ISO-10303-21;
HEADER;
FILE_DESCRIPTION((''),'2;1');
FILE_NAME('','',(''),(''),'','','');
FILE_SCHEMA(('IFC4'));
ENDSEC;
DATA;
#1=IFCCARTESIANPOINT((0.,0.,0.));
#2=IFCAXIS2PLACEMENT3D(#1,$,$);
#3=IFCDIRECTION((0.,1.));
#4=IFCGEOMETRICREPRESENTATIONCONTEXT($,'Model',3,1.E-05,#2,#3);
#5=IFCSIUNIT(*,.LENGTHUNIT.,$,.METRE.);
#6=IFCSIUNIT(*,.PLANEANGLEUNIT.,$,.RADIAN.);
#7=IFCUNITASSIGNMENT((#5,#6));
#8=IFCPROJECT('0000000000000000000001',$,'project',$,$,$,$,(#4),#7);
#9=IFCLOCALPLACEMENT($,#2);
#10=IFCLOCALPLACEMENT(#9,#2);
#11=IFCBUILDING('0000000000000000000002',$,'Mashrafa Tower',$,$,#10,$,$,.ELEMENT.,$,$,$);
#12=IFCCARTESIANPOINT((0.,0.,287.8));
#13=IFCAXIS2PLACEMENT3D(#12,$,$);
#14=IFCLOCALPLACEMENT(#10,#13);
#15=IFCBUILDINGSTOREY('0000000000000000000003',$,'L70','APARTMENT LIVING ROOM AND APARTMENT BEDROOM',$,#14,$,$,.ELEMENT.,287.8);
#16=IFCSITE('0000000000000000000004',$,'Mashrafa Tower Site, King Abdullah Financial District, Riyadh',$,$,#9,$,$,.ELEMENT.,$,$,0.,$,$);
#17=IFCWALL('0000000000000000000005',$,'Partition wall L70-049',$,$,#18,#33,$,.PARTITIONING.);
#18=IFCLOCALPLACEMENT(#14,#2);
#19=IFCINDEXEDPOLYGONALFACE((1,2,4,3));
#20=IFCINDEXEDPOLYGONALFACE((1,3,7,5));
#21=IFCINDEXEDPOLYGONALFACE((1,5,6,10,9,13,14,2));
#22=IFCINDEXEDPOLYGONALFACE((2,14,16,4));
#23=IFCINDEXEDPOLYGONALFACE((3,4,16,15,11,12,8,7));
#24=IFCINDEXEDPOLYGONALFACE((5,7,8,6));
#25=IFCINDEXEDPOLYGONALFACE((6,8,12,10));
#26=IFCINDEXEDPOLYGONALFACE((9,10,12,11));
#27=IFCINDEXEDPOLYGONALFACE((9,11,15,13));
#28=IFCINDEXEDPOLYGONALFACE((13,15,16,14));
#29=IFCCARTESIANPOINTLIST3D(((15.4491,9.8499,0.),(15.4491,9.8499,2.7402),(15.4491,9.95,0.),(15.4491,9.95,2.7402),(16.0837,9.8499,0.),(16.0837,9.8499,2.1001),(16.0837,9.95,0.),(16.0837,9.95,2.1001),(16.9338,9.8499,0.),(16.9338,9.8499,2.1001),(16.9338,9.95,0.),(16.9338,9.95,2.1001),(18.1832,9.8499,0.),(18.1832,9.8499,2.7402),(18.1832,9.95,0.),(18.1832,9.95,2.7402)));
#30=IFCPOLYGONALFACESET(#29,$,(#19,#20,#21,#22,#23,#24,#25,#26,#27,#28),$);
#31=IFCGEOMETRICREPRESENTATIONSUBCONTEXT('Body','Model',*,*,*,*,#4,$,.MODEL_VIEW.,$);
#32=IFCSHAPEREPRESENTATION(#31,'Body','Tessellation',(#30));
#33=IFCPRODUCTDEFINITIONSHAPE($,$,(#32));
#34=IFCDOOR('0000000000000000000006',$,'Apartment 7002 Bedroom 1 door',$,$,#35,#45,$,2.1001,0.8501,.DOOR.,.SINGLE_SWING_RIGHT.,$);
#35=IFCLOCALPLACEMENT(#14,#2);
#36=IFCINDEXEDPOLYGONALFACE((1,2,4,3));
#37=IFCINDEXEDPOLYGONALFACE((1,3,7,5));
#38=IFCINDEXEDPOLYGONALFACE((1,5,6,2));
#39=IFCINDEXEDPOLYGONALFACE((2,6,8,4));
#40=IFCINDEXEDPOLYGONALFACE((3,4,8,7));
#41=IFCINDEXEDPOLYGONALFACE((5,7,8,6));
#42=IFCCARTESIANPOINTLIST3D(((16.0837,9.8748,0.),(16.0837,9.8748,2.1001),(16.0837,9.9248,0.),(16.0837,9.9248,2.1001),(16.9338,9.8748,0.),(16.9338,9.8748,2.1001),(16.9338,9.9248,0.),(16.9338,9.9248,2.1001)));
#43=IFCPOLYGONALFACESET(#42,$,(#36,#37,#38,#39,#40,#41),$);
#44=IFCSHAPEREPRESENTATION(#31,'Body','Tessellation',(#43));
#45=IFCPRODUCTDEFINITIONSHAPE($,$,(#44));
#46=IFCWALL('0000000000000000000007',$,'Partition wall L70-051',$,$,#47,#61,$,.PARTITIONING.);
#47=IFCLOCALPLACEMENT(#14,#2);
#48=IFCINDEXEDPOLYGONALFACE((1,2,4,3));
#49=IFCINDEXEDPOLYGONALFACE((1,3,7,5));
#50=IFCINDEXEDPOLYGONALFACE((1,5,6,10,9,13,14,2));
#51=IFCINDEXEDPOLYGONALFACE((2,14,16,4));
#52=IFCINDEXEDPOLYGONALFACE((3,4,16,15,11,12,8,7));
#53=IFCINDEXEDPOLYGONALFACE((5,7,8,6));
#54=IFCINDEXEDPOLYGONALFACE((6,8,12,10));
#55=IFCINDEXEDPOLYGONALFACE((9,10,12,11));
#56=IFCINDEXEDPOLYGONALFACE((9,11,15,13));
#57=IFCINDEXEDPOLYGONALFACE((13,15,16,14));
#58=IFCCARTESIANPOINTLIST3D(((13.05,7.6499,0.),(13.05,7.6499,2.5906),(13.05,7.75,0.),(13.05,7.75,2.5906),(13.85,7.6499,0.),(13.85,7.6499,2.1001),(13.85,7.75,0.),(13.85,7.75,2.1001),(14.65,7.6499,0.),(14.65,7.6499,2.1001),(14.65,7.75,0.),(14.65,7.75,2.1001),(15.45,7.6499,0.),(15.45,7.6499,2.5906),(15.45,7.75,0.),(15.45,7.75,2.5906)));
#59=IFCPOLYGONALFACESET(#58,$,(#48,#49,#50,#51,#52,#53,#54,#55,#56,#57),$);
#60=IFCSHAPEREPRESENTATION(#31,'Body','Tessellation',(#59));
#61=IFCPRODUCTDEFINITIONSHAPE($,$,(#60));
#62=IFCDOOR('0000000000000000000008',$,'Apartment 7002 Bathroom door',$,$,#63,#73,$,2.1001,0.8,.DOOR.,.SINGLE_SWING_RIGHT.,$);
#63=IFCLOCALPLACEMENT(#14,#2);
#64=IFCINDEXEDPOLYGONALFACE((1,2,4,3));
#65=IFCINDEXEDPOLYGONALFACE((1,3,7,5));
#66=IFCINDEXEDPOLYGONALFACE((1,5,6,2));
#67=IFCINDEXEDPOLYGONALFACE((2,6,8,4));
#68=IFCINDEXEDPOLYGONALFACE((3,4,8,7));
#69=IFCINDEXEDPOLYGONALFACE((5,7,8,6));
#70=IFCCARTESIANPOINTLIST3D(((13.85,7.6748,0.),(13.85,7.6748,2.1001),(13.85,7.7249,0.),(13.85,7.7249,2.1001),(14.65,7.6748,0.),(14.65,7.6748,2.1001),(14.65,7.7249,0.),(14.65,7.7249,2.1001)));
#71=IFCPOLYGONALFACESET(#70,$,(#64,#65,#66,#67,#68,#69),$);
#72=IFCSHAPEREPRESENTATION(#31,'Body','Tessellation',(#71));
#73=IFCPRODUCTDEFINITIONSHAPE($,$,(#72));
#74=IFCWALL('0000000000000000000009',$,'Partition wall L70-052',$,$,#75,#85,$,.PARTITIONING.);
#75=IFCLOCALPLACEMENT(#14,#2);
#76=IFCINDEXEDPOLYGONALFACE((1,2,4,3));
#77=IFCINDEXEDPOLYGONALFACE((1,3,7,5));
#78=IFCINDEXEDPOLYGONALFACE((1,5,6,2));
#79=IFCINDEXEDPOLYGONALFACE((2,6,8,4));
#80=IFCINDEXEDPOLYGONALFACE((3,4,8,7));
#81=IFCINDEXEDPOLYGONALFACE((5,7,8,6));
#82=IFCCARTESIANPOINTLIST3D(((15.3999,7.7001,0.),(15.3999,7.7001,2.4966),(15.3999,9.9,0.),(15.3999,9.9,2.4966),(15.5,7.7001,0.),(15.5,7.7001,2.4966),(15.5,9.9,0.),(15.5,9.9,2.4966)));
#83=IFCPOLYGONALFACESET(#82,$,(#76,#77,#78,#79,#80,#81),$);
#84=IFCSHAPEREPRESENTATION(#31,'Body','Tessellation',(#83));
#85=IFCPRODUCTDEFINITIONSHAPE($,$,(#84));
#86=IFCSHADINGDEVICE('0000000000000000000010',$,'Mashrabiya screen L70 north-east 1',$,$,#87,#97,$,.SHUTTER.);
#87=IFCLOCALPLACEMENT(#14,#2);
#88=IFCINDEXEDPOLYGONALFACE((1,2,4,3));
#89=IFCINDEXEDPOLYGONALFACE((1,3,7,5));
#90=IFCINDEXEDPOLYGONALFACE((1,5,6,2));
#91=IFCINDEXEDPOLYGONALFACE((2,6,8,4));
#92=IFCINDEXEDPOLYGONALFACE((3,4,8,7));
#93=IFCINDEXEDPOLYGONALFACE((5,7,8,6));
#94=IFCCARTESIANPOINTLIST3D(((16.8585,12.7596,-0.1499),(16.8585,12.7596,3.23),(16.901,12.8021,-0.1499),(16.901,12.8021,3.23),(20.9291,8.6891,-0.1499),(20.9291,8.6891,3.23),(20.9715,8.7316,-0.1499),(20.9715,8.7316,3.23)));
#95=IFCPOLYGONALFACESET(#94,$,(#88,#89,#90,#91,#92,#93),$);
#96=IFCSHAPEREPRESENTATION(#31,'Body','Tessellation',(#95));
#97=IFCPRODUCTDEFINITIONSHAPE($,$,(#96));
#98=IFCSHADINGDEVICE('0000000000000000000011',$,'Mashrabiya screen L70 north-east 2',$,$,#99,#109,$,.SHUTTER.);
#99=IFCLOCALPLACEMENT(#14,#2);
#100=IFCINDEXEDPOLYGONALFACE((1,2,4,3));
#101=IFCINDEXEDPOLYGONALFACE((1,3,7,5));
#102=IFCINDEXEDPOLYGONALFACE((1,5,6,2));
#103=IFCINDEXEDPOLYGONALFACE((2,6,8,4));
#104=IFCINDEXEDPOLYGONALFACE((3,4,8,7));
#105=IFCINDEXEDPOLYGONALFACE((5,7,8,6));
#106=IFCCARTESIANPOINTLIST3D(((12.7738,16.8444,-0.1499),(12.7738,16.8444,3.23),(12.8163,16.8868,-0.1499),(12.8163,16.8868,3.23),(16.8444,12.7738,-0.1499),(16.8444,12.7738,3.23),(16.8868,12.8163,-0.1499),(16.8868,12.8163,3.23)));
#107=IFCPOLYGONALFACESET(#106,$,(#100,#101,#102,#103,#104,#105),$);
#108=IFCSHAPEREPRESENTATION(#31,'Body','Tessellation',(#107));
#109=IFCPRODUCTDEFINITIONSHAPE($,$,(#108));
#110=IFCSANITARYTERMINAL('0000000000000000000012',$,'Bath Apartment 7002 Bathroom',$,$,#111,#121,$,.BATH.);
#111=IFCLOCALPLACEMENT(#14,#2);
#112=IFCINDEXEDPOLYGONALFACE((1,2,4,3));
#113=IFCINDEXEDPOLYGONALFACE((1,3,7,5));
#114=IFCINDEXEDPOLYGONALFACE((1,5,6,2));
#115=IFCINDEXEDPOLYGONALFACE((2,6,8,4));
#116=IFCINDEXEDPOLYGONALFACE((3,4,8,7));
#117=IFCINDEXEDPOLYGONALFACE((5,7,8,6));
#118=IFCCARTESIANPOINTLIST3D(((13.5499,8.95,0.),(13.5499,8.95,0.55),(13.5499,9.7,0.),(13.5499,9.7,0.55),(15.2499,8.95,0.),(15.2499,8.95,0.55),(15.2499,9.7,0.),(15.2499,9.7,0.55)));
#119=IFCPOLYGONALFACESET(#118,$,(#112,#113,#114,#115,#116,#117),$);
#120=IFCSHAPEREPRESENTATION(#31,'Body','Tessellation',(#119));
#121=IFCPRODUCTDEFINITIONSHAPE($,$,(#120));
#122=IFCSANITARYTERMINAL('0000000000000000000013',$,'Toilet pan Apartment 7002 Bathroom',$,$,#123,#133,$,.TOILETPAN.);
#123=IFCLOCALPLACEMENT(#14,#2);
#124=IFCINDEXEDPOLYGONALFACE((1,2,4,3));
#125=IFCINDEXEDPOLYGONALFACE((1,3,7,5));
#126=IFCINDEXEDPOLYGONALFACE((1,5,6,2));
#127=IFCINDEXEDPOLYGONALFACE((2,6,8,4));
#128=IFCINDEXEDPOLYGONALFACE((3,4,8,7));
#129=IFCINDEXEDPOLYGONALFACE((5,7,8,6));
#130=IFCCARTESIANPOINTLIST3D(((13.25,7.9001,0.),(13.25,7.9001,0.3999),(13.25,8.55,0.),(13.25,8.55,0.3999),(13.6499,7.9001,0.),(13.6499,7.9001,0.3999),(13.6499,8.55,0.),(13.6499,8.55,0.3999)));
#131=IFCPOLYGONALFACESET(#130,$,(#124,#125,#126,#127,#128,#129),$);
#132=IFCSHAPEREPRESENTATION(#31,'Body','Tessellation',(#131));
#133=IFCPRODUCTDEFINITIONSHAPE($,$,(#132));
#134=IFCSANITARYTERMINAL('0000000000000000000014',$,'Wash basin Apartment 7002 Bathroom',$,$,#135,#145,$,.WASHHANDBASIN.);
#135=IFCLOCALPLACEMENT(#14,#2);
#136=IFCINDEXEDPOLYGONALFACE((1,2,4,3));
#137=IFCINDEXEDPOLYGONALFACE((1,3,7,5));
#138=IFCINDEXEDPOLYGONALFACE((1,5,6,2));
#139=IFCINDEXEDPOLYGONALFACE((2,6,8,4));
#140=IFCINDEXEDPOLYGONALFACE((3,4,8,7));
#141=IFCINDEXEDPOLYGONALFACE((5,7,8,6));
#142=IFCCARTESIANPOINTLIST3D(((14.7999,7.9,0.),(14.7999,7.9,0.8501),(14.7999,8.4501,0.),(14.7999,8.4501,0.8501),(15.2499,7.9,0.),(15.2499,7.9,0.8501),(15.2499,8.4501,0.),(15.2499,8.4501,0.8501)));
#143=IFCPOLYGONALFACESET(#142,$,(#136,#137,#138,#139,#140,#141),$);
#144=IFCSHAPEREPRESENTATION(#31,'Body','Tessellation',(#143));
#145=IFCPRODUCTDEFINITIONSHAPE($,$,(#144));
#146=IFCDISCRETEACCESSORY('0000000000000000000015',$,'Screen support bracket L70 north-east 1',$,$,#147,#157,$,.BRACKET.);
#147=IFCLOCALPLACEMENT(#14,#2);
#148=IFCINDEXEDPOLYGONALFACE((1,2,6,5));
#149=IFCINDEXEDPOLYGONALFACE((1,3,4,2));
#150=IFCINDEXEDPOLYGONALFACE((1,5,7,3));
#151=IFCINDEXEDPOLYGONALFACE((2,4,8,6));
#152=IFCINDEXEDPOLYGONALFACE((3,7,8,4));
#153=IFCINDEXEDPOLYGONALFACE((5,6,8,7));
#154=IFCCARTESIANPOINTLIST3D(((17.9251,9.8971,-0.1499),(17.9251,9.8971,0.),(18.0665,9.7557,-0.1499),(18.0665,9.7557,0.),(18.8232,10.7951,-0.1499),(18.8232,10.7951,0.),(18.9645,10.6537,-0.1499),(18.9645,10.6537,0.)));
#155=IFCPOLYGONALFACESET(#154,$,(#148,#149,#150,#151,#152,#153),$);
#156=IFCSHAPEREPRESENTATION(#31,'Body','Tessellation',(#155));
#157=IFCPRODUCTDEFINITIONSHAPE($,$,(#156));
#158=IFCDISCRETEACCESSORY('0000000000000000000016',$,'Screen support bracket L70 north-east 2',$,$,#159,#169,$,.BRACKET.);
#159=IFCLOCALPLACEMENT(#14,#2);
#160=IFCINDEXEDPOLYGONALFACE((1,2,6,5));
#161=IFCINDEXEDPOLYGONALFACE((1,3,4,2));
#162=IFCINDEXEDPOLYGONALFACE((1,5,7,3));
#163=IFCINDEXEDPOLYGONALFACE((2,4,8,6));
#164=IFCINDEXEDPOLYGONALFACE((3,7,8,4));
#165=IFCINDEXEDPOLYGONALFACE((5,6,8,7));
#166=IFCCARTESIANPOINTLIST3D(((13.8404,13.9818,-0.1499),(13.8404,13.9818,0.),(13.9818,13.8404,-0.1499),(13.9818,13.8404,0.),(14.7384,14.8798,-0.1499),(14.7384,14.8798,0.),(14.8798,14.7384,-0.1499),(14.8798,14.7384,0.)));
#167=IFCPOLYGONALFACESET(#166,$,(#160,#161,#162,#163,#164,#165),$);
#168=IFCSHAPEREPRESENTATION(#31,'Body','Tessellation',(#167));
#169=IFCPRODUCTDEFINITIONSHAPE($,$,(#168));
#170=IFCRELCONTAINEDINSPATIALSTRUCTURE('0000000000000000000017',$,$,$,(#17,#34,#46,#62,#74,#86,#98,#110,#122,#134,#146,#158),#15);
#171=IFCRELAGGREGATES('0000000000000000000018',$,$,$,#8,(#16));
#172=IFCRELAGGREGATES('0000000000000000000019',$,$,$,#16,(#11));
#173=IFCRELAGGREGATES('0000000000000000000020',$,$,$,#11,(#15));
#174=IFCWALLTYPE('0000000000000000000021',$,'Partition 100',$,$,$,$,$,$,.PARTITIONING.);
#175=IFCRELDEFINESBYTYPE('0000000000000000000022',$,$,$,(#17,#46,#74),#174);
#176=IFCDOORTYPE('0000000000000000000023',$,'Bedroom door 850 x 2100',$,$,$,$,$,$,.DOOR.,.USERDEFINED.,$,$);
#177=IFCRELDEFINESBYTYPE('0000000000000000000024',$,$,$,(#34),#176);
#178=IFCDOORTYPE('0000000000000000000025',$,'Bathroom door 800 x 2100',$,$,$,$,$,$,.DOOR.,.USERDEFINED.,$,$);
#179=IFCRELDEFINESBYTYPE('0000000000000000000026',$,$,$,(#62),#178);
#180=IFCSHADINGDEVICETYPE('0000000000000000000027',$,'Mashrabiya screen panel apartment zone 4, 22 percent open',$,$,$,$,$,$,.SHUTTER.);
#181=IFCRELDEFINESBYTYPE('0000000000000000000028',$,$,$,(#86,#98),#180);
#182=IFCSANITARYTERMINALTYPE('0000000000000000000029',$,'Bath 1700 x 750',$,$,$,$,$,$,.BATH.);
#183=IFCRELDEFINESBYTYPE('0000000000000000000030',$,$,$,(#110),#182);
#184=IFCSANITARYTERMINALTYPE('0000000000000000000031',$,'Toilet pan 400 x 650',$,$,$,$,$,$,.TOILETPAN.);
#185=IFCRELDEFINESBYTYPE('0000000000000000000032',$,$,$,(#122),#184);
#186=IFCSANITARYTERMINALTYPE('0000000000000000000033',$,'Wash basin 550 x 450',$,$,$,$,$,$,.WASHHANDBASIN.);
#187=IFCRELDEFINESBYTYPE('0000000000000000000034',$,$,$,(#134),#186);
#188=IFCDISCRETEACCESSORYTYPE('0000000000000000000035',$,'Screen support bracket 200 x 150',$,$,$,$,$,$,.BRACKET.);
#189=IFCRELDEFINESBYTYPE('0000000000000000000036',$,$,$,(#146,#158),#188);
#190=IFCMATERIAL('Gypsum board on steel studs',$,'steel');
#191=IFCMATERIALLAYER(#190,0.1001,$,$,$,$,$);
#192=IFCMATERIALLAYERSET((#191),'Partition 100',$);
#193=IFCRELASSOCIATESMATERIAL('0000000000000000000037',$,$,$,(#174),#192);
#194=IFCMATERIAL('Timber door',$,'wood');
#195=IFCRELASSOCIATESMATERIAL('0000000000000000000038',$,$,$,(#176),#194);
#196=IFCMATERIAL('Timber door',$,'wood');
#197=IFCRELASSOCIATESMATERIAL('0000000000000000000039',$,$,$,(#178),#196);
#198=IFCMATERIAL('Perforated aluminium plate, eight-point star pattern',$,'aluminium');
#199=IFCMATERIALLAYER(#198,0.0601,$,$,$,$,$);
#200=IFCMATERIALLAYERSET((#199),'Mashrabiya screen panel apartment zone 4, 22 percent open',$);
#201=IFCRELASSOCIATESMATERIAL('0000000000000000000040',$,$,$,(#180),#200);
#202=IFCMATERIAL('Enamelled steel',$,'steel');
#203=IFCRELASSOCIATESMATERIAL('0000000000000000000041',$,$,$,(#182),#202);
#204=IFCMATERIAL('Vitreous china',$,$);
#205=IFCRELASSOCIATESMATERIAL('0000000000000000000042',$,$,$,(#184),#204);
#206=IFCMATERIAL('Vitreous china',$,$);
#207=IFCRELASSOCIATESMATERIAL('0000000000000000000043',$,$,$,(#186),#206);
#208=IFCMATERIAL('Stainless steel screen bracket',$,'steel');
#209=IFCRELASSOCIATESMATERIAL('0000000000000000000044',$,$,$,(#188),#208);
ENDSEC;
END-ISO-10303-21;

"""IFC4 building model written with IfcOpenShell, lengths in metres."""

from ifc_helpers import new_model, si_unit, direction, frame, frame_2d, origin, origin_2d, place, context, subcontext, project, spatial, rectangle, extrude, source, transform, mapped, material, layer, layer_set, type_object, type_shapes, element, fill, save


model = new_model("IFC4")

# Units and contexts
model_context = context("Model", 3, precision=1e-05, world=origin(), true_north=direction((0.0, 1.0)))
body_context = subcontext(model_context, "Body", "Model", "MODEL_VIEW")
ifc_project = project(units=[si_unit("LENGTHUNIT", "METRE"), si_unit("PLANEANGLEUNIT", "RADIAN")], contexts=[model_context])

# Site, building, storey
site_placement = place(None, origin())
site = spatial("IfcSite", under=ifc_project, at=site_placement, Name="Mashrafa Tower Site, King Abdullah Financial District, Riyadh", CompositionType="ELEMENT", RefElevation=0.0)
building_placement = place(site_placement, origin())
building = spatial("IfcBuilding", under=site, at=building_placement, Name="Mashrafa Tower", CompositionType="ELEMENT")
storey_placement = place(building_placement, frame((0.0, 0.0, 287.8)))
storey = spatial("IfcBuildingStorey", under=building, at=storey_placement, Name="L70", Description="APARTMENT LIVING ROOM AND APARTMENT BEDROOM", CompositionType="ELEMENT", Elevation=287.8)

# Shared definitions
ifc_material_1 = material(Name="Gypsum board on steel studs", Category="steel")
ifc_layer_1 = layer(ifc_material_1, 0.1001)
ifc_layer_set_1 = layer_set([ifc_layer_1], Name="Partition 100")
wall_type_1 = type_object("IfcWallType", Name="Partition 100", PredefinedType="PARTITIONING", material=ifc_layer_set_1)

# Walls, openings, doors
wall_1_placement = place(storey_placement, frame((15.449, 9.8999, 0.0), z_axis=(0.0, 0.0, 1.0), x_axis=(1.0, 0.0, 0.0)))
wall_1 = element("IfcWall", 1, at=wall_1_placement, inside=storey, type_object=wall_type_1, Name="Partition wall L70-049", PredefinedType="PARTITIONING", context=body_context, shape_type="SweptSolid", body=[
    extrude(rectangle(XDim=2.7341, YDim=0.1001, at=frame_2d((1.3672, 0.0))), origin(), (0.0, 0.0, 1.0), 2.7402),
])
opening_1_placement = place(wall_1_placement, frame((0.6348, 0.0, 0.0)))
opening_1 = element("IfcOpeningElement", 2, at=opening_1_placement, cuts=wall_1, PredefinedType="OPENING", context=body_context, shape_type="SweptSolid", body=[
    extrude(rectangle(XDim=0.8501, YDim=2.1001, at=frame_2d((0.425, 1.05))), frame((0.0, 0.0601, 0.0), z_axis=(0.0, -1.0, 0.0), x_axis=(1.0, 0.0, 0.0)), (0.0, 0.0, 1.0), 0.1201),
])
ifc_material_2 = material(Name="Timber door", Category="wood")
door_type_1 = type_object("IfcDoorType", Name="Bedroom door 850 x 2100", OperationType="USERDEFINED", PredefinedType="DOOR", material=ifc_material_2)
door_1_placement = place(opening_1_placement, origin())
door_1 = element("IfcDoor", 3, at=door_1_placement, inside=storey, type_object=door_type_1, Name="Apartment 7002 Bedroom 1 door", OperationType="SINGLE_SWING_RIGHT", OverallHeight=2.1001, OverallWidth=0.8501, PredefinedType="DOOR", context=body_context, shape_type="SweptSolid", body=[
    extrude(rectangle(XDim=0.8501, YDim=2.1001, at=frame_2d((0.425, 1.05))), frame((0.0, 0.0249, 0.0), z_axis=(0.0, -1.0, 0.0), x_axis=(1.0, 0.0, 0.0)), (0.0, 0.0, 1.0), 0.05),
])
fill(opening_1, door_1)
wall_2_placement = place(storey_placement, frame((13.05, 7.7, 0.0), z_axis=(0.0, 0.0, 1.0), x_axis=(1.0, 0.0, 0.0)))
wall_2 = element("IfcWall", 4, at=wall_2_placement, inside=storey, type_object=wall_type_1, Name="Partition wall L70-051", PredefinedType="PARTITIONING", context=body_context, shape_type="SweptSolid", body=[
    extrude(rectangle(XDim=2.3999, YDim=0.1001, at=frame_2d((1.2, 0.0))), origin(), (0.0, 0.0, 1.0), 2.5906),
])
opening_2_placement = place(wall_2_placement, frame((0.8, 0.0, 0.0)))
opening_2 = element("IfcOpeningElement", 5, at=opening_2_placement, cuts=wall_2, PredefinedType="OPENING", context=body_context, shape_type="SweptSolid", body=[
    extrude(rectangle(XDim=0.8, YDim=2.1001, at=frame_2d((0.3999, 1.05))), frame((0.0, 0.0601, 0.0), z_axis=(0.0, -1.0, 0.0), x_axis=(1.0, 0.0, 0.0)), (0.0, 0.0, 1.0), 0.1201),
])
ifc_material_3 = material(Name="Timber door", Category="wood")
door_type_2 = type_object("IfcDoorType", Name="Bathroom door 800 x 2100", OperationType="USERDEFINED", PredefinedType="DOOR", material=ifc_material_3)
door_2_placement = place(opening_2_placement, origin())
door_2 = element("IfcDoor", 6, at=door_2_placement, inside=storey, type_object=door_type_2, Name="Apartment 7002 Bathroom door", OperationType="SINGLE_SWING_RIGHT", OverallHeight=2.1001, OverallWidth=0.8, PredefinedType="DOOR", context=body_context, shape_type="SweptSolid", body=[
    extrude(rectangle(XDim=0.8, YDim=2.1001, at=frame_2d((0.3999, 1.05))), frame((0.0, 0.0249, 0.0), z_axis=(0.0, -1.0, 0.0), x_axis=(1.0, 0.0, 0.0)), (0.0, 0.0, 1.0), 0.05),
])
fill(opening_2, door_2)

# Wall
wall_3_placement = place(storey_placement, frame((15.45, 7.7, 0.0), z_axis=(0.0, 0.0, 1.0), x_axis=(0.0, 1.0, 0.0)))
element("IfcWall", 7, at=wall_3_placement, inside=storey, type_object=wall_type_1, Name="Partition wall L70-052", PredefinedType="PARTITIONING", context=body_context, shape_type="SweptSolid", body=[
    extrude(rectangle(XDim=2.2, YDim=0.1001, at=frame_2d((1.1001, 0.0))), origin(), (0.0, 0.0, 1.0), 2.4966),
])

# Shading devices
ifc_material_4 = material(Name="Perforated aluminium plate, eight-point star pattern", Category="aluminium")
ifc_layer_2 = layer(ifc_material_4, 0.0601)
ifc_layer_set_2 = layer_set([ifc_layer_2], Name="Mashrabiya screen panel apartment zone 4, 22 percent open")
shading_device_type = type_object("IfcShadingDeviceType", Name="Mashrabiya screen panel apartment zone 4, 22 percent open", PredefinedType="SHUTTER", material=ifc_layer_set_2)
shared_shape_1 = source(origin(), body_context, "Body", "SweptSolid", [
    extrude(rectangle(XDim=5.7566, YDim=0.0601, at=origin_2d()), origin(), (0.0, 0.0, 1.0), 3.3799),
])
type_shapes(shading_device_type, [shared_shape_1])
for number, where, z_axis, x_axis, name in (
    (8, (18.915, 10.7456, -0.1499), (0.0, 0.0, 1.0), (-0.707107, 0.707107, 0.0), "Mashrabiya screen L70 north-east 1"),
    (9, (14.8303, 14.8303, -0.1499), (0.0, 0.0, 1.0), (-0.707107, 0.707107, 0.0), "Mashrabiya screen L70 north-east 2"),
):
    element("IfcShadingDevice", number, at=place(storey_placement, frame(where, z_axis=z_axis, x_axis=x_axis)), inside=storey, type_object=shading_device_type, Name=name, PredefinedType="SHUTTER", context=body_context, shape_type="MappedRepresentation", body=[
        mapped(shared_shape_1, transform((0.0, 0.0, 0.0))),
    ])

# Sanitary terminals
ifc_material_5 = material(Name="Enamelled steel", Category="steel")
sanitary_terminal_type_1 = type_object("IfcSanitaryTerminalType", Name="Bath 1700 x 750", PredefinedType="BATH", material=ifc_material_5)
sanitary_terminal_1_placement = place(storey_placement, frame((14.3999, 9.325, 0.0), z_axis=(0.0, 0.0, 1.0), x_axis=(-1.0, 0.0, 0.0)))
element("IfcSanitaryTerminal", 10, at=sanitary_terminal_1_placement, inside=storey, type_object=sanitary_terminal_type_1, Name="Bath Apartment 7002 Bathroom", PredefinedType="BATH", context=body_context, shape_type="SweptSolid", body=[
    extrude(rectangle(XDim=1.7, YDim=0.75, at=origin_2d()), origin(), (0.0, 0.0, 1.0), 0.55),
])
ifc_material_6 = material(Name="Vitreous china")
sanitary_terminal_type_2 = type_object("IfcSanitaryTerminalType", Name="Toilet pan 400 x 650", PredefinedType="TOILETPAN", material=ifc_material_6)
sanitary_terminal_2_placement = place(storey_placement, frame((13.45, 8.2251, 0.0), z_axis=(0.0, 0.0, 1.0), x_axis=(1.0, 0.0, 0.0)))
element("IfcSanitaryTerminal", 11, at=sanitary_terminal_2_placement, inside=storey, type_object=sanitary_terminal_type_2, Name="Toilet pan Apartment 7002 Bathroom", PredefinedType="TOILETPAN", context=body_context, shape_type="SweptSolid", body=[
    extrude(rectangle(XDim=0.3999, YDim=0.6499, at=origin_2d()), origin(), (0.0, 0.0, 1.0), 0.3999),
])
ifc_material_7 = material(Name="Vitreous china")
sanitary_terminal_type_3 = type_object("IfcSanitaryTerminalType", Name="Wash basin 550 x 450", PredefinedType="WASHHANDBASIN", material=ifc_material_7)
sanitary_terminal_3_placement = place(storey_placement, frame((15.0249, 8.175, 0.0), z_axis=(0.0, 0.0, 1.0), x_axis=(0.0, 1.0, 0.0)))
element("IfcSanitaryTerminal", 12, at=sanitary_terminal_3_placement, inside=storey, type_object=sanitary_terminal_type_3, Name="Wash basin Apartment 7002 Bathroom", PredefinedType="WASHHANDBASIN", context=body_context, shape_type="SweptSolid", body=[
    extrude(rectangle(XDim=0.55, YDim=0.45, at=origin_2d()), origin(), (0.0, 0.0, 1.0), 0.8501),
])

# Discrete accessories
ifc_material_8 = material(Name="Stainless steel screen bracket", Category="steel")
discrete_accessory_type = type_object("IfcDiscreteAccessoryType", Name="Screen support bracket 200 x 150", PredefinedType="BRACKET", material=ifc_material_8)
shared_shape_2 = source(origin(), body_context, "Body", "SweptSolid", [
    extrude(rectangle(XDim=0.2, YDim=1.27, at=origin_2d()), origin(), (0.0, 0.0, 1.0), 0.1499),
])
type_shapes(discrete_accessory_type, [shared_shape_2])
for number, where, z_axis, x_axis, name in (
    (13, (18.4448, 10.2754, -0.1499), (0.0, 0.0, 1.0), (-0.707107, 0.707107, 0.0), "Screen support bracket L70 north-east 1"),
    (14, (14.3601, 14.3601, -0.1499), (0.0, 0.0, 1.0), (-0.707107, 0.707107, 0.0), "Screen support bracket L70 north-east 2"),
):
    element("IfcDiscreteAccessory", number, at=place(storey_placement, frame(where, z_axis=z_axis, x_axis=x_axis)), inside=storey, type_object=discrete_accessory_type, Name=name, PredefinedType="BRACKET", context=body_context, shape_type="MappedRepresentation", body=[
        mapped(shared_shape_2, transform((0.0, 0.0, 0.0))),
    ])

save(model, "model.ifc")
